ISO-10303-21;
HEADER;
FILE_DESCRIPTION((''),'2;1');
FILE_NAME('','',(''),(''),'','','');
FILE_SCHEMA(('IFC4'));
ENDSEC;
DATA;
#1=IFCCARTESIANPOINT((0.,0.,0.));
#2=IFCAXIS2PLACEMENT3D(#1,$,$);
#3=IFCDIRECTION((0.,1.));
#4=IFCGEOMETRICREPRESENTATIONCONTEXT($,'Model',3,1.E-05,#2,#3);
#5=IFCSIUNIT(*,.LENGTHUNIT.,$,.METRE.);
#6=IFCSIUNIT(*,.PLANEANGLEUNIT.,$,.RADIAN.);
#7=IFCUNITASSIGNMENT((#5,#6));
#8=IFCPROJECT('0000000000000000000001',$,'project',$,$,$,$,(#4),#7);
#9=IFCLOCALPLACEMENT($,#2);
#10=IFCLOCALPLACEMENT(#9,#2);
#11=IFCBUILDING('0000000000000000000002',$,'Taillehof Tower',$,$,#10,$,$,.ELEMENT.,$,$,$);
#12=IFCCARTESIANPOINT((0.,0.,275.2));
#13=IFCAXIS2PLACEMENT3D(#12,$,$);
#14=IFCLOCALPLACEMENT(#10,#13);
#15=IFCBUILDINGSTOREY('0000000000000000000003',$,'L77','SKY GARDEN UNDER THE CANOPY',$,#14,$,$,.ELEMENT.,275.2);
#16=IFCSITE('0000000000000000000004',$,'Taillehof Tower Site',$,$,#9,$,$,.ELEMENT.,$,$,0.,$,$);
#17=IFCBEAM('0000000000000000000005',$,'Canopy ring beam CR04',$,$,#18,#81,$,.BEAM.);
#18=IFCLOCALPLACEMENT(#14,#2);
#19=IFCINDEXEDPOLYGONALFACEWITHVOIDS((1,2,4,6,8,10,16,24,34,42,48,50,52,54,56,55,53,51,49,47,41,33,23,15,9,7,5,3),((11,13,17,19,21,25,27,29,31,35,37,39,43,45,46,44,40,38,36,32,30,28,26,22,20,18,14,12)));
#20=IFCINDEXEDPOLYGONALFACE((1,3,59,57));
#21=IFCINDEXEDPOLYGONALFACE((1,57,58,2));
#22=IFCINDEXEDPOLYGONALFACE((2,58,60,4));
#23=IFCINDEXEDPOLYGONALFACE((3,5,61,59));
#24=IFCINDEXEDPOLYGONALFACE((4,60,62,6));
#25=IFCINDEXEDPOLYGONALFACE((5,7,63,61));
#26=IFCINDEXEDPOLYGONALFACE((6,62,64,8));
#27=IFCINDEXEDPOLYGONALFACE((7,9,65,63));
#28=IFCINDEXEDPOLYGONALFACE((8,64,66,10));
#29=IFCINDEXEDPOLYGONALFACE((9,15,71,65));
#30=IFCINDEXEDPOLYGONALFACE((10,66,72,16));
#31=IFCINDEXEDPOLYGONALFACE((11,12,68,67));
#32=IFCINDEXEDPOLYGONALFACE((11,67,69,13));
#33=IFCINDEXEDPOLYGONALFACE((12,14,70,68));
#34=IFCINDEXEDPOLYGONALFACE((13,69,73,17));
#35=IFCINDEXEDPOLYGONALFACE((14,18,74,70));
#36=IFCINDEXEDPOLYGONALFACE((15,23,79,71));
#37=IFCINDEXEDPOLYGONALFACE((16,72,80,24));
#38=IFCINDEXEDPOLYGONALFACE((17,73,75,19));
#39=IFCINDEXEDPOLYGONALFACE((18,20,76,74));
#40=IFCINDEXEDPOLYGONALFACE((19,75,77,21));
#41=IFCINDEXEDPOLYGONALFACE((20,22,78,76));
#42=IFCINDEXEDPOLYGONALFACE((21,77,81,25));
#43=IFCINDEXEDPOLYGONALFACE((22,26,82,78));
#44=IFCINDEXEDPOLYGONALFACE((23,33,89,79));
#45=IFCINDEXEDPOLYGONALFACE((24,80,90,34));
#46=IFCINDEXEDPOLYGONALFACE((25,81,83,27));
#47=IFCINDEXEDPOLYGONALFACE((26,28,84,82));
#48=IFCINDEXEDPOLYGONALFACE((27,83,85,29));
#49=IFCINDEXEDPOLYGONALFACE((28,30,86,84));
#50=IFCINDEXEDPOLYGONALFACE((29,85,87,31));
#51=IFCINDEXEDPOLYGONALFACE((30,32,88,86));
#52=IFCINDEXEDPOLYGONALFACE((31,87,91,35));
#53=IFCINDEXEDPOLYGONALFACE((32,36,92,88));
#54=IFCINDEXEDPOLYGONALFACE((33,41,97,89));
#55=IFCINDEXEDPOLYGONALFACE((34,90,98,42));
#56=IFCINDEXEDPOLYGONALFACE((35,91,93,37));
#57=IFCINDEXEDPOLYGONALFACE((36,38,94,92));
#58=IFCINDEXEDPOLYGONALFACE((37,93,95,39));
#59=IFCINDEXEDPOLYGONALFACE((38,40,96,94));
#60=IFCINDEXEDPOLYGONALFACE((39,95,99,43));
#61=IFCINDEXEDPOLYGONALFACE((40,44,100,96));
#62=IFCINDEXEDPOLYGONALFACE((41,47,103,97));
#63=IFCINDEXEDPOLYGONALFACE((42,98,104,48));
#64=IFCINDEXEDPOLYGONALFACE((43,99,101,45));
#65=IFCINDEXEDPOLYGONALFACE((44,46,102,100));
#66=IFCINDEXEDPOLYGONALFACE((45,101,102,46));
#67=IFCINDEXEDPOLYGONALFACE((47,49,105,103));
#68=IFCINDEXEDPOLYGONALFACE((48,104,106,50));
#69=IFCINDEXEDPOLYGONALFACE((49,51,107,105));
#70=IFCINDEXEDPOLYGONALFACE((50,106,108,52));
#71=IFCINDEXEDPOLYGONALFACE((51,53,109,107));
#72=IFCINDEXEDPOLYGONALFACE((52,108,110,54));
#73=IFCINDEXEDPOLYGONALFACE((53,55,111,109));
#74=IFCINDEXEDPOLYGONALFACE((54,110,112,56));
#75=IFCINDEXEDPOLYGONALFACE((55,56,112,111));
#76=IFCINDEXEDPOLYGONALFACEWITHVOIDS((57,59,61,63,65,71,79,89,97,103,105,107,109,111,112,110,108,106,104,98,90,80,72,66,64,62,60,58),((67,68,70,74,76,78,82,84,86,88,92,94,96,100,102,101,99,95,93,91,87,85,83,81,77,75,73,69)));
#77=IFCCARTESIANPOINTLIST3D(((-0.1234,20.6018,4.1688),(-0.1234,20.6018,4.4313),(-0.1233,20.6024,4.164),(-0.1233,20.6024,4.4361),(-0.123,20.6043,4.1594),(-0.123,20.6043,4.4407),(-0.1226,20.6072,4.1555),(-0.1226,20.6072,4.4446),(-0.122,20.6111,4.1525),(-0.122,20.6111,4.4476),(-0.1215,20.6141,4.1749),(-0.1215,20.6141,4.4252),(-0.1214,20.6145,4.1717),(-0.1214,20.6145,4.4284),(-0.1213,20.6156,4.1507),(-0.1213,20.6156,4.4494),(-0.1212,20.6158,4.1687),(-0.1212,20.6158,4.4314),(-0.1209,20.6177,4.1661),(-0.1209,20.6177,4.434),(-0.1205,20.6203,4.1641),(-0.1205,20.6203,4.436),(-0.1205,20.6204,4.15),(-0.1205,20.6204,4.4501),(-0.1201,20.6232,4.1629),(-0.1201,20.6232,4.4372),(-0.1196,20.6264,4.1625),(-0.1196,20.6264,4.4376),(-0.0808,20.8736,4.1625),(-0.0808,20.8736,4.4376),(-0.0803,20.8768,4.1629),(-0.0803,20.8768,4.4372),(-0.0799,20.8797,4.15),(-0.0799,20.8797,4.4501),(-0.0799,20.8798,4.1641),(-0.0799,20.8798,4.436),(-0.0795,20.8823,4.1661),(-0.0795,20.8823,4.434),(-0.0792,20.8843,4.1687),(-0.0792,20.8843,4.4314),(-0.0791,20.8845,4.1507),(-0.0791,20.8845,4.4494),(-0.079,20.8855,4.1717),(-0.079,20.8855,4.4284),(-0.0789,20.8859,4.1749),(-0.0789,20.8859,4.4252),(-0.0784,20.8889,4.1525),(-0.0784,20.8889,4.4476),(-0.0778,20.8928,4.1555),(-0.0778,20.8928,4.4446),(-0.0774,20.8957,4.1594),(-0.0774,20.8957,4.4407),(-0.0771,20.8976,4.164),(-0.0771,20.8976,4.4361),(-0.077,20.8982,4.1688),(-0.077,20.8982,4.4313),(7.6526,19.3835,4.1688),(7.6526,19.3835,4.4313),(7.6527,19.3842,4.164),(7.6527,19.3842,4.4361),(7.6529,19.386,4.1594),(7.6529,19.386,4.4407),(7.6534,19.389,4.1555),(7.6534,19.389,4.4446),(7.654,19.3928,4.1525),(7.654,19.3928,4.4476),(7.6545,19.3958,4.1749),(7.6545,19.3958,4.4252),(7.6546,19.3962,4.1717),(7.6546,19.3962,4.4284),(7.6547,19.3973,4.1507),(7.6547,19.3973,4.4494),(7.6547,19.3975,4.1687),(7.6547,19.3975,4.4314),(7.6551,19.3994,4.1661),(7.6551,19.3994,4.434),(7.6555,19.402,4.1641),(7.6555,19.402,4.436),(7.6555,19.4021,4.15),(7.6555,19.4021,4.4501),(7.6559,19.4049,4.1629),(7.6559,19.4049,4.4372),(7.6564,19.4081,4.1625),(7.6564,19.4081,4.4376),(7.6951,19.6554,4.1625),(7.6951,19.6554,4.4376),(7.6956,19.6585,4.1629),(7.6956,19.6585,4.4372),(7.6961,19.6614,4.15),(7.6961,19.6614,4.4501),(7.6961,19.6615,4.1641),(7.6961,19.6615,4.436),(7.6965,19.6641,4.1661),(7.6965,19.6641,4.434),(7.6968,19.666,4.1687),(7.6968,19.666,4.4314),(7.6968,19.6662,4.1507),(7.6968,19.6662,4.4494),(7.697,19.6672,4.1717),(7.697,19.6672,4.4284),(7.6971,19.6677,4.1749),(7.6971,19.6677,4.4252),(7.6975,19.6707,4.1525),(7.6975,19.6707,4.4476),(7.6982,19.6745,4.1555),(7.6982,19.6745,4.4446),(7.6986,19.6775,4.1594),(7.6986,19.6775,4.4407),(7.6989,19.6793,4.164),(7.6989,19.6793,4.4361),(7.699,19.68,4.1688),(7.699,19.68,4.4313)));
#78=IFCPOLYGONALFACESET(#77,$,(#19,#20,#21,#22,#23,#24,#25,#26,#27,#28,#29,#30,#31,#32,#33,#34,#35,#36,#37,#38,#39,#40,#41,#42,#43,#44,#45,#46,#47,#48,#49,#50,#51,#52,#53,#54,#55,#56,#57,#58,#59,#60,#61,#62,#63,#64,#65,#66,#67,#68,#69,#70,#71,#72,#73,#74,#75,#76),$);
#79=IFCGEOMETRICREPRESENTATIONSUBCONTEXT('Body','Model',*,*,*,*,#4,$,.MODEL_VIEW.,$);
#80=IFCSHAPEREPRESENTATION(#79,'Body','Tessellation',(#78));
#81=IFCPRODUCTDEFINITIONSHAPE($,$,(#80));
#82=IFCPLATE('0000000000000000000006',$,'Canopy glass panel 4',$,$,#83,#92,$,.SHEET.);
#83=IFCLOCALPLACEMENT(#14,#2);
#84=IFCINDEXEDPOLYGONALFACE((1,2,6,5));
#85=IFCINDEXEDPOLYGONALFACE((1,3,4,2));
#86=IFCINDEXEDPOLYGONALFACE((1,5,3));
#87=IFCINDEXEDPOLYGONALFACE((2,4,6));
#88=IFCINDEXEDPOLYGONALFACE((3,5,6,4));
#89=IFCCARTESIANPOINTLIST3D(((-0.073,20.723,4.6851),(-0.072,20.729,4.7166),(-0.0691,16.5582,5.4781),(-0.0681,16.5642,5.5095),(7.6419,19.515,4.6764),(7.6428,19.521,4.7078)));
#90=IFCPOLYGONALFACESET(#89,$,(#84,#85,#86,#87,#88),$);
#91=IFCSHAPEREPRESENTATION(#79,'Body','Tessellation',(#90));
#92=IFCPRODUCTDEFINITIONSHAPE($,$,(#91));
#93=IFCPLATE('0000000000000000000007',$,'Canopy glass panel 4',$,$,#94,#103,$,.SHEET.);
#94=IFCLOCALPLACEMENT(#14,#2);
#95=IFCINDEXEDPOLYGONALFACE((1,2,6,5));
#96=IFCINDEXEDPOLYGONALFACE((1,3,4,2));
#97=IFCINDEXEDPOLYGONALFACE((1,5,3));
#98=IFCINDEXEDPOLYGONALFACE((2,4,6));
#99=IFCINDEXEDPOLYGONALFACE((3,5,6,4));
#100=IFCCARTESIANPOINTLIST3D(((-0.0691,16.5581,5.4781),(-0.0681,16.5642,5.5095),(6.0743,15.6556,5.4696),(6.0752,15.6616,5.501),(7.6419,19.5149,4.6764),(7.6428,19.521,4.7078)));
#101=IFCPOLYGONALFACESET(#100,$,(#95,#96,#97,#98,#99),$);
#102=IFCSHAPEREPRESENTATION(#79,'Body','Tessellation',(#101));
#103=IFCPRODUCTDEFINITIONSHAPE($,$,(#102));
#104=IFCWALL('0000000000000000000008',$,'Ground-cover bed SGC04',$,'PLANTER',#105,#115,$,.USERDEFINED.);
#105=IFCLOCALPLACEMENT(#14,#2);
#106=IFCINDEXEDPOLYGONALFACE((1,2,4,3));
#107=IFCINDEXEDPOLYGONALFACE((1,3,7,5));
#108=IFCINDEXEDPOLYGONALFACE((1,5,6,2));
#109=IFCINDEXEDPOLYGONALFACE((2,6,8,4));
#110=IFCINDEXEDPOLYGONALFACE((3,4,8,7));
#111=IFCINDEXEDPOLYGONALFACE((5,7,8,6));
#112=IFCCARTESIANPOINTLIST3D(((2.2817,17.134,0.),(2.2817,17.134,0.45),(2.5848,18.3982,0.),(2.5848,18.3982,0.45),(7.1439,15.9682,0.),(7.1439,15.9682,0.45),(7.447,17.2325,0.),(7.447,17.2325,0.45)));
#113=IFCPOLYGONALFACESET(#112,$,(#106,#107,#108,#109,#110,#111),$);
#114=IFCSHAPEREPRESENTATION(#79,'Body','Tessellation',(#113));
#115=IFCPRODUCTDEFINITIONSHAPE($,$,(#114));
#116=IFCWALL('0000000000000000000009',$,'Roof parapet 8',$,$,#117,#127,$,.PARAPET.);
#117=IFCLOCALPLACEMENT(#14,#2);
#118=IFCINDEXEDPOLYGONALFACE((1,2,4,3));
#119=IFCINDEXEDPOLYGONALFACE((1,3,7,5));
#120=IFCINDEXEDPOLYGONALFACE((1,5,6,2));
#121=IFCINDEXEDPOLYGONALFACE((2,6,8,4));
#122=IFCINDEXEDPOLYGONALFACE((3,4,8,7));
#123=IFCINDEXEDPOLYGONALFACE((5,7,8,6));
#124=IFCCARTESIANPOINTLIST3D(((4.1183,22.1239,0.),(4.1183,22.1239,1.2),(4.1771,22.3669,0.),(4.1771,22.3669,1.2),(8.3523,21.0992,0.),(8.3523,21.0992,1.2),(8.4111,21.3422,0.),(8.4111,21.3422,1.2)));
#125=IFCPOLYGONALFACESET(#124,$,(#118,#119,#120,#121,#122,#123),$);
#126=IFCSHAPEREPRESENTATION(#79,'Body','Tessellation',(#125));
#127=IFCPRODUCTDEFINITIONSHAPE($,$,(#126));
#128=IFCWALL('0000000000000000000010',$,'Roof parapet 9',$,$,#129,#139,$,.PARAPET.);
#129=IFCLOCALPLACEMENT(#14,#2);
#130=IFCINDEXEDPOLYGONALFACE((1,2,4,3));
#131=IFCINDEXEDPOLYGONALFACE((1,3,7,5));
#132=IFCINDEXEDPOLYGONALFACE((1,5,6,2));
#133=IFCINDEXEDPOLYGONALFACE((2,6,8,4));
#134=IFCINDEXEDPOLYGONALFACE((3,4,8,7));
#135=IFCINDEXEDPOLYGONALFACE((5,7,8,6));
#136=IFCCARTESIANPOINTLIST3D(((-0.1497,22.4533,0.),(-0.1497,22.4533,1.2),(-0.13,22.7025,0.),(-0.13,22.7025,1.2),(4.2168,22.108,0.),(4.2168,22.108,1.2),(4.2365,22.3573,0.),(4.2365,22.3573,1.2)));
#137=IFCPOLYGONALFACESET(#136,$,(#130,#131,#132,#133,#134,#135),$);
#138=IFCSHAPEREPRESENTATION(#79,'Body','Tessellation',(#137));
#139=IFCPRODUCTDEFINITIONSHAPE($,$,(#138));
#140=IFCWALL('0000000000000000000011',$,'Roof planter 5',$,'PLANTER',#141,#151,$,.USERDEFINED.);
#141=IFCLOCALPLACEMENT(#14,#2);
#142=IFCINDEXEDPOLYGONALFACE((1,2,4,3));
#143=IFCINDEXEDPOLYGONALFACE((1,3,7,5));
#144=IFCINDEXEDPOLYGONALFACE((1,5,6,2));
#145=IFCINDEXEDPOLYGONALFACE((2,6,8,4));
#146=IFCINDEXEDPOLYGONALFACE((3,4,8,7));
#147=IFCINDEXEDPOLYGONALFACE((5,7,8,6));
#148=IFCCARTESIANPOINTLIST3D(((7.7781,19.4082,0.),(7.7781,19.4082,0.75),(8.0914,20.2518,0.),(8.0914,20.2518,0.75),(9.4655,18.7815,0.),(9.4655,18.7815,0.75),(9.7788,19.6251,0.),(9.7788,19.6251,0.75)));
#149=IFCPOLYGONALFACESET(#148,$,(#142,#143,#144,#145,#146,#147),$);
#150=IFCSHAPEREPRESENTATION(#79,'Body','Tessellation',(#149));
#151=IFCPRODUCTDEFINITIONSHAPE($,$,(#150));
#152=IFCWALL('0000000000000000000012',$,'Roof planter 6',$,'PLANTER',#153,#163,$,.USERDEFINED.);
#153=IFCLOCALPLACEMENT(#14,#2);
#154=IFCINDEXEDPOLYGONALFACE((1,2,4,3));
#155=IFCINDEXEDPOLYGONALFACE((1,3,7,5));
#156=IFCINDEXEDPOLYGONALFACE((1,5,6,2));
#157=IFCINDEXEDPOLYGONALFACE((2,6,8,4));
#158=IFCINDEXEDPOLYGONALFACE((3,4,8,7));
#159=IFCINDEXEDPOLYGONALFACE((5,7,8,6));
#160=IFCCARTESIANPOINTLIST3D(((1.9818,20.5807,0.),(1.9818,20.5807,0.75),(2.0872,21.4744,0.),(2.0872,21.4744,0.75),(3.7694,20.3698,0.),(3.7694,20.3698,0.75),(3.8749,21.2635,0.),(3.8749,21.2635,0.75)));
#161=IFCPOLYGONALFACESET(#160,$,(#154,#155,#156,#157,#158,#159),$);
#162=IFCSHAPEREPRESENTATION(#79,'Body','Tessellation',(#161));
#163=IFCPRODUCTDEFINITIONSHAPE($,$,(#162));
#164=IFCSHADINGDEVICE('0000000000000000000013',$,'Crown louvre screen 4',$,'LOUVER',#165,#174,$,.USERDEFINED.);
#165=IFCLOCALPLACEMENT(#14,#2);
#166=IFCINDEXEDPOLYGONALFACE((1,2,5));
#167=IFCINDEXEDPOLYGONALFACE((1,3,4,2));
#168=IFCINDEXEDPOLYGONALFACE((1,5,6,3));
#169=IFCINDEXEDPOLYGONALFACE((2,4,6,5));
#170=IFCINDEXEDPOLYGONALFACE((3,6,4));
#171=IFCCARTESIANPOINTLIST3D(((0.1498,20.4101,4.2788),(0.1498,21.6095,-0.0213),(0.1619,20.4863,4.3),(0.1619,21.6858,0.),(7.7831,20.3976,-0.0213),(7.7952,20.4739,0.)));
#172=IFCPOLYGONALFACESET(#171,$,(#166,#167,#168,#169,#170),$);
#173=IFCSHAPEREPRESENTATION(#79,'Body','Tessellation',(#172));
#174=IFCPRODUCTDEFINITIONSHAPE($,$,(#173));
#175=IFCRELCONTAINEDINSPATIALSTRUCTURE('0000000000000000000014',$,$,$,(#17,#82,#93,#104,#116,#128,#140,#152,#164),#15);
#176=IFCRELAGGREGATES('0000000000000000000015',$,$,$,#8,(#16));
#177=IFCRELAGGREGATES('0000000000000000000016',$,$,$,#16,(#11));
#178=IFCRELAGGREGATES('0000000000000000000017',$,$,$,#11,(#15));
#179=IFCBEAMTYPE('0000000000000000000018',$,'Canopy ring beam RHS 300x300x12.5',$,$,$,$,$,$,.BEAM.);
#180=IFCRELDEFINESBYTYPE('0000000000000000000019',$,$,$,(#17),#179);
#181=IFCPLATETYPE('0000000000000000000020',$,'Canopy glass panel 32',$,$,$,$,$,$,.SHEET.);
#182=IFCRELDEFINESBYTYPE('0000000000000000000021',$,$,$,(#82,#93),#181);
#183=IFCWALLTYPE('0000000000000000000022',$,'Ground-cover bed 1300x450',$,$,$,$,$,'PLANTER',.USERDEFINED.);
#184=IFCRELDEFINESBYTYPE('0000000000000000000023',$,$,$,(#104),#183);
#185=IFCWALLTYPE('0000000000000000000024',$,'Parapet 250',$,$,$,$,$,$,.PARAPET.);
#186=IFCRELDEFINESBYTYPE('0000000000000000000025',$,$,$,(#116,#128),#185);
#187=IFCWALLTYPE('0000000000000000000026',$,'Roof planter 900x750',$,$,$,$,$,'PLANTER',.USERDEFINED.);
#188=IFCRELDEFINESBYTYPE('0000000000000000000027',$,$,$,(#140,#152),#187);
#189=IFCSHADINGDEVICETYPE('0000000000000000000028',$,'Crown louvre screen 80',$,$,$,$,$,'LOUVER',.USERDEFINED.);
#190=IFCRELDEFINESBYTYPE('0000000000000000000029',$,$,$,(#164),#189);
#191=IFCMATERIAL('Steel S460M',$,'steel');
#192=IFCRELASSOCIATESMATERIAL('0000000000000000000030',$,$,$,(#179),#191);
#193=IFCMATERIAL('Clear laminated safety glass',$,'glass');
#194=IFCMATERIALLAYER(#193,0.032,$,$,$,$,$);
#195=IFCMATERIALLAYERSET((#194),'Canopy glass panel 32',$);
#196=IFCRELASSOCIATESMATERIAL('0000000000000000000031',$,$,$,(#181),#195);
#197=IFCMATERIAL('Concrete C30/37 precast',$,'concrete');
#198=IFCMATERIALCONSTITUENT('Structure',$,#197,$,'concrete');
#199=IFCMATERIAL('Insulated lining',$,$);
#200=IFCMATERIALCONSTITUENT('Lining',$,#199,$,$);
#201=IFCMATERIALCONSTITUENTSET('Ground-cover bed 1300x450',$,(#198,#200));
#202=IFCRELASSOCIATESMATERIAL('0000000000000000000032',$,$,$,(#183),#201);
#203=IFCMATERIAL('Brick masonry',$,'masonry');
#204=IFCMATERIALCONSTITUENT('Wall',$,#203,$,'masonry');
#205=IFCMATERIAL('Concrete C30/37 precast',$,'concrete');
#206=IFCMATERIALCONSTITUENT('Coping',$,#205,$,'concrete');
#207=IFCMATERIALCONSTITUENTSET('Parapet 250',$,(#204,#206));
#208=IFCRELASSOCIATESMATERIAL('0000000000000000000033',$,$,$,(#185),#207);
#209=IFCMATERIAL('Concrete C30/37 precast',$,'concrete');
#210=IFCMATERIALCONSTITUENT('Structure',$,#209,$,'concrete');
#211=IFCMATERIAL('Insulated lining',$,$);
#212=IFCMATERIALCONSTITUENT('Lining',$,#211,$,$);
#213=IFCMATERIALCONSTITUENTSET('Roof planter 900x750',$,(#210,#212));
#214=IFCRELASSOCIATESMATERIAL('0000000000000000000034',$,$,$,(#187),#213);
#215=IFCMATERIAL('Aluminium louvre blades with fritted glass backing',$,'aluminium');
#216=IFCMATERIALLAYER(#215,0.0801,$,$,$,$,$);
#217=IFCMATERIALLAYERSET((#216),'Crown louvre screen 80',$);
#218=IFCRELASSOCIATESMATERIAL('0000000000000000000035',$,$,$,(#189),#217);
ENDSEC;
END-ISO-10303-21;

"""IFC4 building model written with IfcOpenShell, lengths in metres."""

from ifc_helpers import new_model, si_unit, direction, frame, frame_2d, origin, origin_2d, place, context, subcontext, project, spatial, polyline, rectangle, hollow_rectangle, outline, extrude, material, layer, layer_set, constituent, constituent_set, material_profile, profile_set, type_object, element, save


model = new_model("IFC4")

# Units and contexts
model_context = context("Model", 3, precision=1e-05, world=origin(), true_north=direction((0.0, 1.0)))
body_context = subcontext(model_context, "Body", "Model", "MODEL_VIEW")
ifc_project = project(units=[si_unit("LENGTHUNIT", "METRE"), si_unit("PLANEANGLEUNIT", "RADIAN")], contexts=[model_context])

# Site, building, storey
site_placement = place(None, origin())
site = spatial("IfcSite", under=ifc_project, at=site_placement, Name="Taillehof Tower Site", CompositionType="ELEMENT", RefElevation=0.0)
building_placement = place(site_placement, origin())
building = spatial("IfcBuilding", under=site, at=building_placement, Name="Taillehof Tower", CompositionType="ELEMENT")
storey_placement = place(building_placement, frame((0.0, 0.0, 275.2)))
storey = spatial("IfcBuildingStorey", under=building, at=storey_placement, Name="L77", Description="SKY GARDEN UNDER THE CANOPY", CompositionType="ELEMENT", Elevation=275.2)

# Beam
ifc_material_1 = material(Name="Steel S460M", Category="steel")
ifc_material_profile_1 = material_profile(ifc_material_1, hollow_rectangle(XDim=0.3, YDim=0.3, WallThickness=0.0125, InnerFilletRadius=0.0125, OuterFilletRadius=0.0188, at=origin_2d()), Name="RHS 300x300x12.5")
ifc_profile_set_1 = profile_set([ifc_material_profile_1], Name="Steel S460M")
beam_type_1 = type_object("IfcBeamType", Name="Canopy ring beam RHS 300x300x12.5", PredefinedType="BEAM", material=ifc_profile_set_1)
beam_1_placement = place(storey_placement, frame((7.6758, 19.5317, 4.3), z_axis=(-0.987948, 0.154784, 0.0), x_axis=(-0.154784, -0.987948, 0.0)))
element("IfcBeam", 1, at=beam_1_placement, inside=storey, type_object=beam_type_1, Name="Canopy ring beam CR04", PredefinedType="BEAM", context=body_context, shape_type="SweptSolid", body=[
    extrude(hollow_rectangle(XDim=0.3, YDim=0.3, WallThickness=0.0125, InnerFilletRadius=0.0125, OuterFilletRadius=0.0188, at=origin_2d()), origin(), (0.0, 0.0, 1.0), 7.8708),
])

# Plates
ifc_material_2 = material(Name="Clear laminated safety glass", Category="glass")
ifc_layer_1 = layer(ifc_material_2, 0.032)
ifc_layer_set_1 = layer_set([ifc_layer_1], Name="Canopy glass panel 32")
plate_type = type_object("IfcPlateType", Name="Canopy glass panel 32", PredefinedType="SHEET", material=ifc_layer_set_1)
plate_1_placement = place(storey_placement, frame((7.6428, 19.521, 4.7078), z_axis=(0.030396, 0.186979, 0.981894), x_axis=(-0.987961, 0.154697, 0.001126)))
element("IfcPlate", 2, at=plate_1_placement, inside=storey, type_object=plate_type, Name="Canopy glass panel 4", PredefinedType="SHEET", context=body_context, shape_type="SweptSolid", body=[
    extrude(outline(polyline([(0.0, 0.0), (7.8089, 0.0), (7.1616, 4.1899), (0.0, 0.0)])), origin(), (0.0, 0.0, -1.0), 0.032),
])
plate_2_placement = place(storey_placement, frame((7.6428, 19.521, 4.7078), z_axis=(0.029254, 0.18982, 0.981383), x_axis=(-0.929339, -0.356359, 0.09663)))
element("IfcPlate", 3, at=plate_2_placement, inside=storey, type_object=plate_type, Name="Canopy glass panel 4", PredefinedType="SHEET", context=body_context, shape_type="SweptSolid", body=[
    extrude(outline(polyline([(0.0, 0.0), (8.2972, 0.0), (2.9088, 3.0855), (0.0, 0.0)])), origin(), (0.0, 0.0, -1.0), 0.032),
])

# Walls
ifc_material_3 = material(Name="Concrete C30/37 precast", Category="concrete")
ifc_constituent_1 = constituent(ifc_material_3, Name="Structure", Category="concrete")
ifc_material_4 = material(Name="Insulated lining")
ifc_constituent_2 = constituent(ifc_material_4, Name="Lining")
ifc_constituent_set_1 = constituent_set(constituents=[ifc_constituent_1, ifc_constituent_2], Name="Ground-cover bed 1300x450")
wall_type_1 = type_object("IfcWallType", Name="Ground-cover bed 1300x450", ElementType="PLANTER", PredefinedType="USERDEFINED", material=ifc_constituent_set_1)
wall_1_placement = place(storey_placement, frame((7.2954, 16.6003, 0.0), z_axis=(0.0, 0.0, 1.0), x_axis=(-0.972441, 0.233149, 0.0)))
element("IfcWall", 4, at=wall_1_placement, inside=storey, type_object=wall_type_1, Name="Ground-cover bed SGC04", ObjectType="PLANTER", PredefinedType="USERDEFINED", context=body_context, shape_type="SweptSolid", body=[
    extrude(rectangle(XDim=5.0, YDim=1.3, at=frame_2d((2.5, 0.0))), origin(), (0.0, 0.0, 1.0), 0.45),
])
ifc_material_5 = material(Name="Brick masonry", Category="masonry")
ifc_constituent_3 = constituent(ifc_material_5, Name="Wall", Category="masonry")
ifc_material_6 = material(Name="Concrete C30/37 precast", Category="concrete")
ifc_constituent_4 = constituent(ifc_material_6, Name="Coping", Category="concrete")
ifc_constituent_set_2 = constituent_set(constituents=[ifc_constituent_3, ifc_constituent_4], Name="Parapet 250")
wall_type_2 = type_object("IfcWallType", Name="Parapet 250", PredefinedType="PARAPET", material=ifc_constituent_set_2)
wall_2_placement = place(storey_placement, frame((8.3818, 21.2207, 0.0), z_axis=(0.0, 0.0, 1.0), x_axis=(-0.971941, 0.235223, 0.0)))
element("IfcWall", 5, at=wall_2_placement, inside=storey, type_object=wall_type_2, Name="Roof parapet 8", PredefinedType="PARAPET", context=body_context, shape_type="SweptSolid", body=[
    extrude(rectangle(XDim=4.3562, YDim=0.25, at=frame_2d((2.1782, 0.0))), origin(), (0.0, 0.0, 1.0), 1.2),
])
wall_3_placement = place(storey_placement, frame((4.2266, 22.2327, 0.0), z_axis=(0.0, 0.0, 1.0), x_axis=(-0.996889, 0.078815, 0.0)))
element("IfcWall", 6, at=wall_3_placement, inside=storey, type_object=wall_type_2, Name="Roof parapet 9", PredefinedType="PARAPET", context=body_context, shape_type="SweptSolid", body=[
    extrude(rectangle(XDim=4.3801, YDim=0.25, at=frame_2d((2.1899, 0.0))), origin(), (0.0, 0.0, 1.0), 1.2),
])
ifc_material_7 = material(Name="Concrete C30/37 precast", Category="concrete")
ifc_constituent_5 = constituent(ifc_material_7, Name="Structure", Category="concrete")
ifc_material_8 = material(Name="Insulated lining")
ifc_constituent_6 = constituent(ifc_material_8, Name="Lining")
ifc_constituent_set_3 = constituent_set(constituents=[ifc_constituent_5, ifc_constituent_6], Name="Roof planter 900x750")
wall_type_3 = type_object("IfcWallType", Name="Roof planter 900x750", ElementType="PLANTER", PredefinedType="USERDEFINED", material=ifc_constituent_set_3)
for number, where, z_axis, x_axis, name in (
    (7, (9.6221, 19.2034, 0.0), (0.0, 0.0, 1.0), (-0.937439, 0.348149, 0.0), "Roof planter 5"),
    (8, (3.822, 20.8167, 0.0), (0.0, 0.0, 1.0), (-0.99311, 0.117187, 0.0), "Roof planter 6"),
):
    element("IfcWall", number, at=place(storey_placement, frame(where, z_axis=z_axis, x_axis=x_axis)), inside=storey, type_object=wall_type_3, Name=name, ObjectType="PLANTER", PredefinedType="USERDEFINED", context=body_context, shape_type="SweptSolid", body=[
        extrude(rectangle(XDim=1.8, YDim=0.8999, at=frame_2d((0.8999, 0.0))), origin(), (0.0, 0.0, 1.0), 0.75),
    ])

# Shading device
ifc_material_9 = material(Name="Aluminium louvre blades with fritted glass backing", Category="aluminium")
ifc_layer_2 = layer(ifc_material_9, 0.0801)
ifc_layer_set_2 = layer_set([ifc_layer_2], Name="Crown louvre screen 80")
shading_device_type = type_object("IfcShadingDeviceType", Name="Crown louvre screen 80", ElementType="LOUVER", PredefinedType="USERDEFINED", material=ifc_layer_set_2)
shading_device_1_placement = place(storey_placement, frame((7.7952, 20.4739, 0.0), z_axis=(0.151171, 0.952158, 0.265597), x_axis=(-0.98763, 0.156803, 0.0)))
element("IfcShadingDevice", 9, at=shading_device_1_placement, inside=storey, type_object=shading_device_type, Name="Crown louvre screen 4", ObjectType="LOUVER", PredefinedType="USERDEFINED", context=body_context, shape_type="SweptSolid", body=[
    extrude(outline(polyline([(0.0, 0.0), (7.7289, 0.0), (7.5408, 4.4602), (0.0, 0.0)])), origin(), (0.0, 0.0, -1.0), 0.0801),
])

save(model, "model.ifc")
